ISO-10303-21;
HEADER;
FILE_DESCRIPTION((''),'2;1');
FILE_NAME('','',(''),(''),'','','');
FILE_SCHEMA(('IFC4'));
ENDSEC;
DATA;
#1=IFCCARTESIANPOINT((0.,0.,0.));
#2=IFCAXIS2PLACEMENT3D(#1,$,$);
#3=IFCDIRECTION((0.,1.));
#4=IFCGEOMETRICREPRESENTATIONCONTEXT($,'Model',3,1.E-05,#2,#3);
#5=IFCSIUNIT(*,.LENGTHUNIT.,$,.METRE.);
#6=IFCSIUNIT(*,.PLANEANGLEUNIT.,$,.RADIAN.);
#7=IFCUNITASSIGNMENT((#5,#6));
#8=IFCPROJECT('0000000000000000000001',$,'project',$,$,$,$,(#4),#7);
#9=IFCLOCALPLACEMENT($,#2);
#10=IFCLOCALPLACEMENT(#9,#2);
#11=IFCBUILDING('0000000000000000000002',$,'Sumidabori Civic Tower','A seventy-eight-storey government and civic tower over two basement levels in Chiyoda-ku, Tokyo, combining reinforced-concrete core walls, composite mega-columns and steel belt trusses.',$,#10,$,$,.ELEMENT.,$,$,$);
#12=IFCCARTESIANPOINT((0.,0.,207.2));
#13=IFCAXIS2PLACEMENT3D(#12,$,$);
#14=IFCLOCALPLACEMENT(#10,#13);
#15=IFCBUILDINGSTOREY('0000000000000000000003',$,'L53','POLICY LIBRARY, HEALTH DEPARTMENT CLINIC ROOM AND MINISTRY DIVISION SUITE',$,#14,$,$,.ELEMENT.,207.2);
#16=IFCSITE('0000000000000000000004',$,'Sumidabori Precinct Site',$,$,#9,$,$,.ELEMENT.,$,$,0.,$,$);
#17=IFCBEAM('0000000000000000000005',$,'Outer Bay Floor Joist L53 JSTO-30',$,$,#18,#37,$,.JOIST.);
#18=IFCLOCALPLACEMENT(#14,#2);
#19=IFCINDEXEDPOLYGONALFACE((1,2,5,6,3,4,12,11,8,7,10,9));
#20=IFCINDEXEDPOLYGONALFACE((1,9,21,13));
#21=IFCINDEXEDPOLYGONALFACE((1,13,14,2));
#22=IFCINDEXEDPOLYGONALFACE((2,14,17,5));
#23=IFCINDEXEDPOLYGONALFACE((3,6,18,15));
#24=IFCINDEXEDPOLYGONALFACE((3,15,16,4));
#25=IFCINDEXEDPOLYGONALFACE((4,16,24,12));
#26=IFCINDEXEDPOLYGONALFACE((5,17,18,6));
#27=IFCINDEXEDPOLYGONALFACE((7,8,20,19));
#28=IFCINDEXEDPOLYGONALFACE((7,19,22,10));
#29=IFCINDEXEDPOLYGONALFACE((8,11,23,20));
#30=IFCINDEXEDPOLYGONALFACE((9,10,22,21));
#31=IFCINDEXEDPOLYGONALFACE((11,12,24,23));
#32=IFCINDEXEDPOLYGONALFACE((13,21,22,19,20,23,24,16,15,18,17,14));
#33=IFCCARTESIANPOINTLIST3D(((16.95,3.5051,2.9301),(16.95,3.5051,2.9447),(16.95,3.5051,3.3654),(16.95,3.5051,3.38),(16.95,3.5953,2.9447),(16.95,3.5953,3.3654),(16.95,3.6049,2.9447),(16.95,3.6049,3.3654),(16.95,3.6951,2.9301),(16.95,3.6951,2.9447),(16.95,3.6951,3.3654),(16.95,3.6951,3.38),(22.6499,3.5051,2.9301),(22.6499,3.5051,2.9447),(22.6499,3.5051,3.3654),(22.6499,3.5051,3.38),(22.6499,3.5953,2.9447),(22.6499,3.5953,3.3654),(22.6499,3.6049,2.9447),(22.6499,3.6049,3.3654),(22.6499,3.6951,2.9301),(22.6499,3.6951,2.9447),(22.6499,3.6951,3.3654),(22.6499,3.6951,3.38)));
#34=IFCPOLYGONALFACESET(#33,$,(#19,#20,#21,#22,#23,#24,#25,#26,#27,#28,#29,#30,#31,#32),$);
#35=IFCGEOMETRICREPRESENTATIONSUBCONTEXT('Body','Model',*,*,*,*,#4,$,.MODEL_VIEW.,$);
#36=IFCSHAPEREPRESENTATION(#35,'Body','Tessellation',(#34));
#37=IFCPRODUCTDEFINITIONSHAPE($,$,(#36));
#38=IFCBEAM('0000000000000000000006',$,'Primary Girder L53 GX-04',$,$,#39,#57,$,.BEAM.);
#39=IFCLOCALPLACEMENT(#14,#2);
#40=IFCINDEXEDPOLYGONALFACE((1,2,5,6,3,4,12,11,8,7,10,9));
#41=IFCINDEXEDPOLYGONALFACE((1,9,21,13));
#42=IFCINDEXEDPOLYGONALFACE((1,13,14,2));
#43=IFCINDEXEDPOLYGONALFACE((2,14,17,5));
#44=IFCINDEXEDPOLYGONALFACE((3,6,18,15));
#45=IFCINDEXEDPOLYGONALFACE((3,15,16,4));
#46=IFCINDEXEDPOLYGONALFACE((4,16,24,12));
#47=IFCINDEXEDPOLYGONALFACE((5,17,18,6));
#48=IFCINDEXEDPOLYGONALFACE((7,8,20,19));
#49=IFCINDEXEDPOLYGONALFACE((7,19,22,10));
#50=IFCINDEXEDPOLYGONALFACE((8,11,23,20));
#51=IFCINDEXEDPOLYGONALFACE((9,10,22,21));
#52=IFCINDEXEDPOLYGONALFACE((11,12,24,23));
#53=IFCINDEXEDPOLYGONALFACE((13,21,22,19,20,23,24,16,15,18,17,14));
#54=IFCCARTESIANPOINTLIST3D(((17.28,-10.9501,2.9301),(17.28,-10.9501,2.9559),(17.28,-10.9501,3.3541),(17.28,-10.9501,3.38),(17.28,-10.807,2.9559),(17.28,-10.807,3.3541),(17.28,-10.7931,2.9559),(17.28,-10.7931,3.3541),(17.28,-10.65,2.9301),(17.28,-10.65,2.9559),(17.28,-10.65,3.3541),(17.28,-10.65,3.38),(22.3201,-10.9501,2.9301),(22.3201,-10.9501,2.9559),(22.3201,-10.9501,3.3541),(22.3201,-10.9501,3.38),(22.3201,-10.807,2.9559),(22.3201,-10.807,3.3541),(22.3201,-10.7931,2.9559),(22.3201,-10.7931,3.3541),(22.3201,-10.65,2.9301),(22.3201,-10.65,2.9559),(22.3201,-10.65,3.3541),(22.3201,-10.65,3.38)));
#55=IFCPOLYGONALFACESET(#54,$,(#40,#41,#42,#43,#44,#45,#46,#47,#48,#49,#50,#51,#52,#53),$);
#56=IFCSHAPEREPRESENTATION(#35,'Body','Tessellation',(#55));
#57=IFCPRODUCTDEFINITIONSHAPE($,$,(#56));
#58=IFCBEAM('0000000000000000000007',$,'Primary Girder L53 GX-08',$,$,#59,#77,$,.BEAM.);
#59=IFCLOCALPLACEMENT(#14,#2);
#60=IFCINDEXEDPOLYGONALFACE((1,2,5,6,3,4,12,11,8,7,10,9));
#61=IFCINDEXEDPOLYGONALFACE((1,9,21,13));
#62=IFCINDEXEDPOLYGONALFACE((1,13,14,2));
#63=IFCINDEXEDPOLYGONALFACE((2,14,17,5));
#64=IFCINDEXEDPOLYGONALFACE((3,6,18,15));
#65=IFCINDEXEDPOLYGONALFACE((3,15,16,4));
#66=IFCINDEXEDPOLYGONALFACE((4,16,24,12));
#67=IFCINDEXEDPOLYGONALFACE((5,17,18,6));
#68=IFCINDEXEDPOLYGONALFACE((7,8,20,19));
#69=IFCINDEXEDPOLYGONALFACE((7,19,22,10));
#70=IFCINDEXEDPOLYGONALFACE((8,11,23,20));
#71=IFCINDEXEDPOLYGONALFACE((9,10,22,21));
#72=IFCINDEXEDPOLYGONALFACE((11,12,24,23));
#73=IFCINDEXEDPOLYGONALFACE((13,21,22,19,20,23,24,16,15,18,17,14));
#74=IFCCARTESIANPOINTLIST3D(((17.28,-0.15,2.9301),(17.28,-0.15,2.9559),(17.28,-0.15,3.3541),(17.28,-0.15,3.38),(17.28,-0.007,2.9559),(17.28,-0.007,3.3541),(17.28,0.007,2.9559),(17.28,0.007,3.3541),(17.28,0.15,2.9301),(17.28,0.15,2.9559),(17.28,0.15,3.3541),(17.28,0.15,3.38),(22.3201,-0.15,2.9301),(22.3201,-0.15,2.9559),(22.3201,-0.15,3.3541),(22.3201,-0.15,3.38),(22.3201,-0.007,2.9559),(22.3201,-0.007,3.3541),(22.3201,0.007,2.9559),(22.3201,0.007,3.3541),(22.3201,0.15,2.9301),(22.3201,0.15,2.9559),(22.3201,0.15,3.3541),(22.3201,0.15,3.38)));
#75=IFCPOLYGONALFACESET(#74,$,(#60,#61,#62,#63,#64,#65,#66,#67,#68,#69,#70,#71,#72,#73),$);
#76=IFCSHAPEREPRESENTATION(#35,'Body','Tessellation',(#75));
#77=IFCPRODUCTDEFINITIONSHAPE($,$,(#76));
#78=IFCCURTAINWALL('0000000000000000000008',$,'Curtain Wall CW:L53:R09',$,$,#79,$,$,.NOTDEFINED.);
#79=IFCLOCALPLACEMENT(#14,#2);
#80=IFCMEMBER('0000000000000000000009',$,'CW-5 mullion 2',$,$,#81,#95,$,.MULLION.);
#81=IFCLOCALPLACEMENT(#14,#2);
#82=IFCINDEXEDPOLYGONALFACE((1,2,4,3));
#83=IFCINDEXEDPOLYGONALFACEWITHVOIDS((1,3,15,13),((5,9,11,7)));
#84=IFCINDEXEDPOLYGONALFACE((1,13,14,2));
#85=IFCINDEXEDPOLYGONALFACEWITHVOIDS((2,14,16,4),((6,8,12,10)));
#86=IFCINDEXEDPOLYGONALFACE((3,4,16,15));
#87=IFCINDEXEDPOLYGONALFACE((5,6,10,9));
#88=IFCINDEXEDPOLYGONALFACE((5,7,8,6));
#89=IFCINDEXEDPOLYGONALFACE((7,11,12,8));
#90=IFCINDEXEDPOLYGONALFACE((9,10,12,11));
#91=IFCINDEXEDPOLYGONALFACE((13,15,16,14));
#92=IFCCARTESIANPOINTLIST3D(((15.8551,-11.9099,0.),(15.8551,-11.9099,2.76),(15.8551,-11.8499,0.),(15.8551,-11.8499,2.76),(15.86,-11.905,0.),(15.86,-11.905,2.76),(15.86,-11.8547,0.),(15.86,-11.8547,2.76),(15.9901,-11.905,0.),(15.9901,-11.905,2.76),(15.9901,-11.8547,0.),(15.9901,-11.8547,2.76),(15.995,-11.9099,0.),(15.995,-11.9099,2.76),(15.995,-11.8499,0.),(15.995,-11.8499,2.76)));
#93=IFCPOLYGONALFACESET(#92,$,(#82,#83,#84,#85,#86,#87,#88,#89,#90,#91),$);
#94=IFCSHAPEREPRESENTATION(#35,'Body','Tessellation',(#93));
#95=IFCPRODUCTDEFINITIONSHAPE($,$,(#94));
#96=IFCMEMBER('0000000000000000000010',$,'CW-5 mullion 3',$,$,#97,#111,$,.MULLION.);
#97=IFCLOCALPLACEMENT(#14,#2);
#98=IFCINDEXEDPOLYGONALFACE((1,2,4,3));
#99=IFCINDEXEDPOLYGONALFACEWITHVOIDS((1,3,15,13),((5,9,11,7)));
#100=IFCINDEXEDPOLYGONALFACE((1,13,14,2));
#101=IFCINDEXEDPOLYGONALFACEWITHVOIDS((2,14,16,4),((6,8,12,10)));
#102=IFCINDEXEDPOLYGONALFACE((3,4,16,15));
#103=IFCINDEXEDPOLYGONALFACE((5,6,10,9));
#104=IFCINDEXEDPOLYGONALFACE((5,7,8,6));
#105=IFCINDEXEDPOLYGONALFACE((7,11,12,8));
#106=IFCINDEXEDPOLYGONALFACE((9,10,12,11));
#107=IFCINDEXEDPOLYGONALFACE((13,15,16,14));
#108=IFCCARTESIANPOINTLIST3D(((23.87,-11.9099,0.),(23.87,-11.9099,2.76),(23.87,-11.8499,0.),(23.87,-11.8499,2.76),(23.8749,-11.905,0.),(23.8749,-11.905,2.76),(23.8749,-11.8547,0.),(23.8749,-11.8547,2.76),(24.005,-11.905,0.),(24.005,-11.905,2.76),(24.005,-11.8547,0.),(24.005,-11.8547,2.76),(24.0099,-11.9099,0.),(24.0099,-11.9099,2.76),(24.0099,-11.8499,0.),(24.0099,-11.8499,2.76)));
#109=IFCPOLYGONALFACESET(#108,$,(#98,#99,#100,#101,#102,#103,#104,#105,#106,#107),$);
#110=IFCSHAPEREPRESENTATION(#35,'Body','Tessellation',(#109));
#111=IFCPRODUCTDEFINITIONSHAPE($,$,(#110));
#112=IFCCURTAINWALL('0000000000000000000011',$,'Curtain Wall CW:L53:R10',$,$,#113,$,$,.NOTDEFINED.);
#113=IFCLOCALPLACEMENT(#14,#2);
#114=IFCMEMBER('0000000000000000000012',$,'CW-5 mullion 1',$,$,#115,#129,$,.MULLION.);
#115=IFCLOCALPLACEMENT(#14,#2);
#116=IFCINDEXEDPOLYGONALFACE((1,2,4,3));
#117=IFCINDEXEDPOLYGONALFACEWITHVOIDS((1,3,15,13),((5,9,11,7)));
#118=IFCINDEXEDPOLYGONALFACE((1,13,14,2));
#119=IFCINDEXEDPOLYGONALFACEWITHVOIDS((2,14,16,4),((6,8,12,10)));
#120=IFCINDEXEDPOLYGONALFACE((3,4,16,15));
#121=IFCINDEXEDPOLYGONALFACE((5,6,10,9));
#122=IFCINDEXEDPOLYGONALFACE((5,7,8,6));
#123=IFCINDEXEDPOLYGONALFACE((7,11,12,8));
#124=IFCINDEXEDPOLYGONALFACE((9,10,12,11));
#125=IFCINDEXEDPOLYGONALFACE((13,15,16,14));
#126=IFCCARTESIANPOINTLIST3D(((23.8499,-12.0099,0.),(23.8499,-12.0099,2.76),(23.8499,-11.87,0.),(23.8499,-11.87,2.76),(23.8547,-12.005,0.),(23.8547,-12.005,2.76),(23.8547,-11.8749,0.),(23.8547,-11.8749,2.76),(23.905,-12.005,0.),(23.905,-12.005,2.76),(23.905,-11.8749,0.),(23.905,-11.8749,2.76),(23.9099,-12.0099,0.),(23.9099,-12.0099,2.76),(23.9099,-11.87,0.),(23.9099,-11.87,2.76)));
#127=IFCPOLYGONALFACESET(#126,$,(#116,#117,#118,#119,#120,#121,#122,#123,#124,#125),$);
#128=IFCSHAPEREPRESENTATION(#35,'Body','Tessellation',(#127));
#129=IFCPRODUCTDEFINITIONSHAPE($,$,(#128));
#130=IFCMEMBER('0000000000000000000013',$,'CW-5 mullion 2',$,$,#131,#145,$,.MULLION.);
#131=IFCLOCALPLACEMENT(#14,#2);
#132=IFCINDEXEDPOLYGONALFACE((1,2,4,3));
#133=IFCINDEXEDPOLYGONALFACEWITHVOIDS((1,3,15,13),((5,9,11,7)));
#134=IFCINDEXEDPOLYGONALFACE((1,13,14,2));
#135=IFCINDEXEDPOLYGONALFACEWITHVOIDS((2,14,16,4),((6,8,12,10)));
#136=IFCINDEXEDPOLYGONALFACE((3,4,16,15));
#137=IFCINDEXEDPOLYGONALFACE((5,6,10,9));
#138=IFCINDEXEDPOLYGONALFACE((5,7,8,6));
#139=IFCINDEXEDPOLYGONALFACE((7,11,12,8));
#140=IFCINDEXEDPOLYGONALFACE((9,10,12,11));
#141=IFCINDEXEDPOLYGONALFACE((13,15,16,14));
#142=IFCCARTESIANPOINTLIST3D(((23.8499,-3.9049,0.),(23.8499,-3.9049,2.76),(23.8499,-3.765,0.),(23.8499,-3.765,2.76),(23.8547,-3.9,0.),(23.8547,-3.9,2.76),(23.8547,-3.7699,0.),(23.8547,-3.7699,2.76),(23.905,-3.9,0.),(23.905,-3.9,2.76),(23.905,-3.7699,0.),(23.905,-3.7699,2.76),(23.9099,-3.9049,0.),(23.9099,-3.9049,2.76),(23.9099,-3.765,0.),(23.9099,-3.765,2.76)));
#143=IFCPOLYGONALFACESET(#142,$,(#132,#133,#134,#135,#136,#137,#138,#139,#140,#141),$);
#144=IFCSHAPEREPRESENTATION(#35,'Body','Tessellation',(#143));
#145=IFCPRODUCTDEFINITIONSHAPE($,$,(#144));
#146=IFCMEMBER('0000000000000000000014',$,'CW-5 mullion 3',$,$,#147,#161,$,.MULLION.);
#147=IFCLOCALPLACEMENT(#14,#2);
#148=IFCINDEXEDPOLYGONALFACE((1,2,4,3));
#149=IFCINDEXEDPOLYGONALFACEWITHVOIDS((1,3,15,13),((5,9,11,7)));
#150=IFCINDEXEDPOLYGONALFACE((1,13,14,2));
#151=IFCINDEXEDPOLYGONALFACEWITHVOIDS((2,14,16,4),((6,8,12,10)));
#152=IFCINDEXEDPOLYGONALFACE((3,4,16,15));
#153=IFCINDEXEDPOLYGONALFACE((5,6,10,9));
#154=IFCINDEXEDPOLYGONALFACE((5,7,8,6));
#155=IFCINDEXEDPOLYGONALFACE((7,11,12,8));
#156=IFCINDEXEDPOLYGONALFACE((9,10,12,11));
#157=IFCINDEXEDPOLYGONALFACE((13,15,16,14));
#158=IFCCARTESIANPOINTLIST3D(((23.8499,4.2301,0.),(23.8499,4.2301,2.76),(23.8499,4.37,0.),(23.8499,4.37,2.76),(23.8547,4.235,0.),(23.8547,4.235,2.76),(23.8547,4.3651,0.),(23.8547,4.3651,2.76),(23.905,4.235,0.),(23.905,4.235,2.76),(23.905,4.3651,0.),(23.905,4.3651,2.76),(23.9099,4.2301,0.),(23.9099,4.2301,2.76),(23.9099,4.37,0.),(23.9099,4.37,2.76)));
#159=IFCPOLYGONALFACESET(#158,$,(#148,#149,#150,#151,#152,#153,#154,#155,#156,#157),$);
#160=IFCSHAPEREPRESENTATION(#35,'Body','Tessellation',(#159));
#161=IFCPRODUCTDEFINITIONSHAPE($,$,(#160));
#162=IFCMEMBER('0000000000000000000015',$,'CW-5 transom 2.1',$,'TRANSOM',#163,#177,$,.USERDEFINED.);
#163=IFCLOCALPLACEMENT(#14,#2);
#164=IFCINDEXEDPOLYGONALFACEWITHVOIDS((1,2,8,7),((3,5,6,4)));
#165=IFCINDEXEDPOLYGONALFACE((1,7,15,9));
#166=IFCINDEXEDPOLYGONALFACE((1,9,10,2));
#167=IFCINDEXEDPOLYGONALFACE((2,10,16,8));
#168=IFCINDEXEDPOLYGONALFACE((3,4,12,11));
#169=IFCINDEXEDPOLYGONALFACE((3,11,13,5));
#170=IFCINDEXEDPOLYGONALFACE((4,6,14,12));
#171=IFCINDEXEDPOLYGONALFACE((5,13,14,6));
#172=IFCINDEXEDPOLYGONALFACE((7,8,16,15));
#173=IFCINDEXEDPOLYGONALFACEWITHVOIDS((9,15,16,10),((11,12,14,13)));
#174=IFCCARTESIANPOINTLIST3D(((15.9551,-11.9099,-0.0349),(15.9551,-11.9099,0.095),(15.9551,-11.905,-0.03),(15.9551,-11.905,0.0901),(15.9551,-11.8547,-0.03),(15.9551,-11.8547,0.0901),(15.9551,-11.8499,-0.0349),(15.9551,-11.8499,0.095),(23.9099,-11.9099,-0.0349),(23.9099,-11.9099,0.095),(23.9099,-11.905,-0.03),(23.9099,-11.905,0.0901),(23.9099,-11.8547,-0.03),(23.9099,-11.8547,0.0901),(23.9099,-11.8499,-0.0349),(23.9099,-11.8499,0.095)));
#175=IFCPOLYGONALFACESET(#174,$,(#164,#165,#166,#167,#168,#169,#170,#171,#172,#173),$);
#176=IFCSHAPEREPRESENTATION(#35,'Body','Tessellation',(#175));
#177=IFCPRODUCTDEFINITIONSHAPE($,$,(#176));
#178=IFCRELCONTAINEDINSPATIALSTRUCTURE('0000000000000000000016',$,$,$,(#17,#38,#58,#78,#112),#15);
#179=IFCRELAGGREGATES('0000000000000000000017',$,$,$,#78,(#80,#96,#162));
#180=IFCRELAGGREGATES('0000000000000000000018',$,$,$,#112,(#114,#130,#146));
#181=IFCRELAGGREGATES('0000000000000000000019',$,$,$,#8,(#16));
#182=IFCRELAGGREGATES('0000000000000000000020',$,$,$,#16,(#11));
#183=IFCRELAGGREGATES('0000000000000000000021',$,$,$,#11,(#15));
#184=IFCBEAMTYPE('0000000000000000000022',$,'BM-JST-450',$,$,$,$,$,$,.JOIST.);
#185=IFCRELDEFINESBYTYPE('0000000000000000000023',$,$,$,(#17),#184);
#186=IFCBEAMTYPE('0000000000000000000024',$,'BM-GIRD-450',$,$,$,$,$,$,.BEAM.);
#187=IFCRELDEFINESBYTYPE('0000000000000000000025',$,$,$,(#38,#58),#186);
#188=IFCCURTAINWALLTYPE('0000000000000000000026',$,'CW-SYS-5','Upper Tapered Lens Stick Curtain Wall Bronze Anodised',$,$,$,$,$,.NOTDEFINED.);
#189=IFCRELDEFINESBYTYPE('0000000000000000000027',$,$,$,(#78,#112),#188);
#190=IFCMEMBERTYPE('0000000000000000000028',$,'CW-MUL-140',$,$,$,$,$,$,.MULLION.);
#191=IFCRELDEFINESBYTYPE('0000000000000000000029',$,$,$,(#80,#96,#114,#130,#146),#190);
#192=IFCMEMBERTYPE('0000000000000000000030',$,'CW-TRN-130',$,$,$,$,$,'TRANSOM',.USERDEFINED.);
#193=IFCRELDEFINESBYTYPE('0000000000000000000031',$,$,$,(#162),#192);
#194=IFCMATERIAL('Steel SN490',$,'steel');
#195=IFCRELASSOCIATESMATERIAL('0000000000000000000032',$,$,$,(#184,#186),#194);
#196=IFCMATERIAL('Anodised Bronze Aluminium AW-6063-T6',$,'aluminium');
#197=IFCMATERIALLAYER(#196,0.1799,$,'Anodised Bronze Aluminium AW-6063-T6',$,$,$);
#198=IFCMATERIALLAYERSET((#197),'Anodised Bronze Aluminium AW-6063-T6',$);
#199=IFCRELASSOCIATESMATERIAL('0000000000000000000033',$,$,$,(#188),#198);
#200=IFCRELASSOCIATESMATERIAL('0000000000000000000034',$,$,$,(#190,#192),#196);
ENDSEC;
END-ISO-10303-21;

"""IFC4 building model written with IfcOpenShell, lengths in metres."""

from ifc_helpers import new_model, si_unit, direction, frame, origin, origin_2d, place, context, subcontext, project, spatial, hollow_rectangle, i_section, extrude, source, transform, mapped, material, layer, layer_set, material_profile, profile_set, type_object, element, aggregate, save


model = new_model("IFC4")

# Units and contexts
model_context = context("Model", 3, precision=1e-05, world=origin(), true_north=direction((0.0, 1.0)))
body_context = subcontext(model_context, "Body", "Model", "MODEL_VIEW")
ifc_project = project(units=[si_unit("LENGTHUNIT", "METRE"), si_unit("PLANEANGLEUNIT", "RADIAN")], contexts=[model_context])

# Site, building, storey
site_placement = place(None, origin())
site = spatial("IfcSite", under=ifc_project, at=site_placement, Name="Sumidabori Precinct Site", CompositionType="ELEMENT", RefElevation=0.0)
building_placement = place(site_placement, origin())
building = spatial("IfcBuilding", under=site, at=building_placement, Name="Sumidabori Civic Tower", Description="A seventy-eight-storey government and civic tower over two basement levels in Chiyoda-ku, Tokyo, combining reinforced-concrete core walls, composite mega-columns and steel belt trusses.", CompositionType="ELEMENT")
storey_placement = place(building_placement, frame((0.0, 0.0, 207.2)))
storey = spatial("IfcBuildingStorey", under=building, at=storey_placement, Name="L53", Description="POLICY LIBRARY, HEALTH DEPARTMENT CLINIC ROOM AND MINISTRY DIVISION SUITE", CompositionType="ELEMENT", Elevation=207.2)

# Beams
ifc_material_1 = material(Name="Steel SN490", Category="steel")
ifc_material_profile_1 = material_profile(ifc_material_1, i_section(OverallWidth=0.1899, OverallDepth=0.45, WebThickness=0.0095, FlangeThickness=0.0146, at=origin_2d()), Name="IPE 450")
ifc_profile_set_1 = profile_set([ifc_material_profile_1], Name="Steel SN490")
beam_type_1 = type_object("IfcBeamType", Name="BM-JST-450", PredefinedType="JOIST", material=ifc_profile_set_1)
shared_shape_1 = source(origin(), body_context, "Body", "SweptSolid", [
    extrude(i_section(OverallWidth=0.1899, OverallDepth=0.45, WebThickness=0.0095, FlangeThickness=0.0146, at=origin_2d()), origin(), (0.0, 0.0, 1.0), 5.7),
])
for number, where, z_axis, x_axis, name in (
    (1, (16.95, 3.6001, 3.155), (1.0, 0.0, 0.0), (0.0, 1.0, 0.0), "Outer Bay Floor Joist L53 JSTO-30"),
):
    element("IfcBeam", number, at=place(storey_placement, frame(where, z_axis=z_axis, x_axis=x_axis)), inside=storey, type_object=beam_type_1, Name=name, PredefinedType="JOIST", context=body_context, shape_type="MappedRepresentation", body=[
        mapped(shared_shape_1, transform((0.0, 0.0, 0.0), x_axis=(1.0, 0.0, 0.0), y_axis=(0.0, 1.0, 0.0), z_axis=(0.0, 0.0, 1.0), scale=1.0)),
    ])
ifc_material_profile_2 = material_profile(ifc_material_1, i_section(OverallWidth=0.3, OverallDepth=0.45, WebThickness=0.0139, FlangeThickness=0.0259, at=origin_2d()), Name="HE 450 B")
ifc_profile_set_2 = profile_set([ifc_material_profile_2], Name="Steel SN490")
beam_type_2 = type_object("IfcBeamType", Name="BM-GIRD-450", PredefinedType="BEAM", material=ifc_profile_set_2)
shared_shape_2 = source(origin(), body_context, "Body", "SweptSolid", [
    extrude(i_section(OverallWidth=0.3, OverallDepth=0.45, WebThickness=0.0139, FlangeThickness=0.0259, at=origin_2d()), origin(), (0.0, 0.0, 1.0), 5.04),
])
for number, where, z_axis, x_axis, name in (
    (2, (17.28, -10.8, 3.155), (1.0, 0.0, 0.0), (0.0, 1.0, 0.0), "Primary Girder L53 GX-04"),
    (3, (17.28, 0.0, 3.155), (1.0, 0.0, 0.0), (0.0, 1.0, 0.0), "Primary Girder L53 GX-08"),
):
    element("IfcBeam", number, at=place(storey_placement, frame(where, z_axis=z_axis, x_axis=x_axis)), inside=storey, type_object=beam_type_2, Name=name, PredefinedType="BEAM", context=body_context, shape_type="MappedRepresentation", body=[
        mapped(shared_shape_2, transform((0.0, 0.0, 0.0), x_axis=(1.0, 0.0, 0.0), y_axis=(0.0, 1.0, 0.0), z_axis=(0.0, 0.0, 1.0), scale=1.0)),
    ])

# Curtain walls, members
ifc_material_2 = material(Name="Anodised Bronze Aluminium AW-6063-T6", Category="aluminium")
ifc_layer_1 = layer(ifc_material_2, 0.1799, Name="Anodised Bronze Aluminium AW-6063-T6")
ifc_layer_set_1 = layer_set([ifc_layer_1], Name="Anodised Bronze Aluminium AW-6063-T6")
curtain_wall_type = type_object("IfcCurtainWallType", Name="CW-SYS-5", Description="Upper Tapered Lens Stick Curtain Wall Bronze Anodised", PredefinedType="NOTDEFINED", material=ifc_layer_set_1)
curtain_wall_1_placement = place(storey_placement, origin())
curtain_wall_1 = element("IfcCurtainWall", 4, at=curtain_wall_1_placement, inside=storey, type_object=curtain_wall_type, Name="Curtain Wall CW:L53:R09", PredefinedType="NOTDEFINED")
ifc_material_profile_3 = material_profile(ifc_material_2, hollow_rectangle(XDim=0.0601, YDim=0.1399, WallThickness=0.0049, at=origin_2d()), Name="ALU MULLION 140x60")
ifc_profile_set_3 = profile_set([ifc_material_profile_3], Name="Anodised Bronze Aluminium AW-6063-T6")
member_type_1 = type_object("IfcMemberType", Name="CW-MUL-140", PredefinedType="MULLION", material=ifc_profile_set_3)
shared_shape_3 = source(origin(), body_context, "Body", "SweptSolid", [
    extrude(hollow_rectangle(XDim=0.0601, YDim=0.1399, WallThickness=0.0049, at=origin_2d()), origin(), (0.0, 0.0, 1.0), 2.76),
])
member_1_placement = place(storey_placement, frame((15.925, -11.8799, 0.0), z_axis=(0.0, 0.0, 1.0), x_axis=(0.0, 1.0, 0.0)))
member_1 = element("IfcMember", 5, at=member_1_placement, type_object=member_type_1, Name="CW-5 mullion 2", PredefinedType="MULLION", context=body_context, shape_type="MappedRepresentation", body=[
    mapped(shared_shape_3, transform((0.0, 0.0, 0.0), x_axis=(1.0, 0.0, 0.0), y_axis=(0.0, 1.0, 0.0), z_axis=(0.0, 0.0, 1.0), scale=1.0)),
])
member_2_placement = place(storey_placement, frame((23.9399, -11.8799, 0.0), z_axis=(0.0, 0.0, 1.0), x_axis=(0.0, 1.0, 0.0)))
member_2 = element("IfcMember", 6, at=member_2_placement, type_object=member_type_1, Name="CW-5 mullion 3", PredefinedType="MULLION", context=body_context, shape_type="MappedRepresentation", body=[
    mapped(shared_shape_3, transform((0.0, 0.0, 0.0), x_axis=(1.0, 0.0, 0.0), y_axis=(0.0, 1.0, 0.0), z_axis=(0.0, 0.0, 1.0), scale=1.0)),
])
curtain_wall_2_placement = place(storey_placement, origin())
curtain_wall_2 = element("IfcCurtainWall", 7, at=curtain_wall_2_placement, inside=storey, type_object=curtain_wall_type, Name="Curtain Wall CW:L53:R10", PredefinedType="NOTDEFINED")
member_3_placement = place(storey_placement, frame((23.8799, -11.9399, 0.0), z_axis=(0.0, 0.0, 1.0), x_axis=(-1.0, 0.0, 0.0)))
member_3 = element("IfcMember", 8, at=member_3_placement, type_object=member_type_1, Name="CW-5 mullion 1", PredefinedType="MULLION", context=body_context, shape_type="MappedRepresentation", body=[
    mapped(shared_shape_3, transform((0.0, 0.0, 0.0), x_axis=(1.0, 0.0, 0.0), y_axis=(0.0, 1.0, 0.0), z_axis=(0.0, 0.0, 1.0), scale=1.0)),
])
member_4_placement = place(storey_placement, frame((23.8799, -3.835, 0.0), z_axis=(0.0, 0.0, 1.0), x_axis=(-1.0, 0.0, 0.0)))
member_4 = element("IfcMember", 9, at=member_4_placement, type_object=member_type_1, Name="CW-5 mullion 2", PredefinedType="MULLION", context=body_context, shape_type="MappedRepresentation", body=[
    mapped(shared_shape_3, transform((0.0, 0.0, 0.0), x_axis=(1.0, 0.0, 0.0), y_axis=(0.0, 1.0, 0.0), z_axis=(0.0, 0.0, 1.0), scale=1.0)),
])
member_5_placement = place(storey_placement, frame((23.8799, 4.3, 0.0), z_axis=(0.0, 0.0, 1.0), x_axis=(-1.0, 0.0, 0.0)))
member_5 = element("IfcMember", 10, at=member_5_placement, type_object=member_type_1, Name="CW-5 mullion 3", PredefinedType="MULLION", context=body_context, shape_type="MappedRepresentation", body=[
    mapped(shared_shape_3, transform((0.0, 0.0, 0.0), x_axis=(1.0, 0.0, 0.0), y_axis=(0.0, 1.0, 0.0), z_axis=(0.0, 0.0, 1.0), scale=1.0)),
])

# Member
ifc_material_profile_4 = material_profile(ifc_material_2, hollow_rectangle(XDim=0.0601, YDim=0.1299, WallThickness=0.0049, at=origin_2d()), Name="ALU TRANSOM 130x60")
ifc_profile_set_4 = profile_set([ifc_material_profile_4], Name="Anodised Bronze Aluminium AW-6063-T6")
member_type_2 = type_object("IfcMemberType", Name="CW-TRN-130", ElementType="TRANSOM", PredefinedType="USERDEFINED", material=ifc_profile_set_4)
shared_shape_4 = source(origin(), body_context, "Body", "SweptSolid", [
    extrude(hollow_rectangle(XDim=0.0601, YDim=0.1299, WallThickness=0.0049, at=origin_2d()), origin(), (0.0, 0.0, 1.0), 7.9548),
])
member_6_placement = place(storey_placement, frame((15.9551, -11.8799, 0.03), z_axis=(1.0, 0.0, 0.0), x_axis=(0.0, 1.0, 0.0)))
member_6 = element("IfcMember", 11, at=member_6_placement, type_object=member_type_2, Name="CW-5 transom 2.1", ObjectType="TRANSOM", PredefinedType="USERDEFINED", context=body_context, shape_type="MappedRepresentation", body=[
    mapped(shared_shape_4, transform((0.0, 0.0, 0.0), x_axis=(1.0, 0.0, 0.0), y_axis=(0.0, 1.0, 0.0), z_axis=(0.0, 0.0, 1.0), scale=1.0)),
])

aggregate(curtain_wall_1, [member_1, member_2, member_6])
aggregate(curtain_wall_2, [member_3, member_4, member_5])

save(model, "model.ifc")
